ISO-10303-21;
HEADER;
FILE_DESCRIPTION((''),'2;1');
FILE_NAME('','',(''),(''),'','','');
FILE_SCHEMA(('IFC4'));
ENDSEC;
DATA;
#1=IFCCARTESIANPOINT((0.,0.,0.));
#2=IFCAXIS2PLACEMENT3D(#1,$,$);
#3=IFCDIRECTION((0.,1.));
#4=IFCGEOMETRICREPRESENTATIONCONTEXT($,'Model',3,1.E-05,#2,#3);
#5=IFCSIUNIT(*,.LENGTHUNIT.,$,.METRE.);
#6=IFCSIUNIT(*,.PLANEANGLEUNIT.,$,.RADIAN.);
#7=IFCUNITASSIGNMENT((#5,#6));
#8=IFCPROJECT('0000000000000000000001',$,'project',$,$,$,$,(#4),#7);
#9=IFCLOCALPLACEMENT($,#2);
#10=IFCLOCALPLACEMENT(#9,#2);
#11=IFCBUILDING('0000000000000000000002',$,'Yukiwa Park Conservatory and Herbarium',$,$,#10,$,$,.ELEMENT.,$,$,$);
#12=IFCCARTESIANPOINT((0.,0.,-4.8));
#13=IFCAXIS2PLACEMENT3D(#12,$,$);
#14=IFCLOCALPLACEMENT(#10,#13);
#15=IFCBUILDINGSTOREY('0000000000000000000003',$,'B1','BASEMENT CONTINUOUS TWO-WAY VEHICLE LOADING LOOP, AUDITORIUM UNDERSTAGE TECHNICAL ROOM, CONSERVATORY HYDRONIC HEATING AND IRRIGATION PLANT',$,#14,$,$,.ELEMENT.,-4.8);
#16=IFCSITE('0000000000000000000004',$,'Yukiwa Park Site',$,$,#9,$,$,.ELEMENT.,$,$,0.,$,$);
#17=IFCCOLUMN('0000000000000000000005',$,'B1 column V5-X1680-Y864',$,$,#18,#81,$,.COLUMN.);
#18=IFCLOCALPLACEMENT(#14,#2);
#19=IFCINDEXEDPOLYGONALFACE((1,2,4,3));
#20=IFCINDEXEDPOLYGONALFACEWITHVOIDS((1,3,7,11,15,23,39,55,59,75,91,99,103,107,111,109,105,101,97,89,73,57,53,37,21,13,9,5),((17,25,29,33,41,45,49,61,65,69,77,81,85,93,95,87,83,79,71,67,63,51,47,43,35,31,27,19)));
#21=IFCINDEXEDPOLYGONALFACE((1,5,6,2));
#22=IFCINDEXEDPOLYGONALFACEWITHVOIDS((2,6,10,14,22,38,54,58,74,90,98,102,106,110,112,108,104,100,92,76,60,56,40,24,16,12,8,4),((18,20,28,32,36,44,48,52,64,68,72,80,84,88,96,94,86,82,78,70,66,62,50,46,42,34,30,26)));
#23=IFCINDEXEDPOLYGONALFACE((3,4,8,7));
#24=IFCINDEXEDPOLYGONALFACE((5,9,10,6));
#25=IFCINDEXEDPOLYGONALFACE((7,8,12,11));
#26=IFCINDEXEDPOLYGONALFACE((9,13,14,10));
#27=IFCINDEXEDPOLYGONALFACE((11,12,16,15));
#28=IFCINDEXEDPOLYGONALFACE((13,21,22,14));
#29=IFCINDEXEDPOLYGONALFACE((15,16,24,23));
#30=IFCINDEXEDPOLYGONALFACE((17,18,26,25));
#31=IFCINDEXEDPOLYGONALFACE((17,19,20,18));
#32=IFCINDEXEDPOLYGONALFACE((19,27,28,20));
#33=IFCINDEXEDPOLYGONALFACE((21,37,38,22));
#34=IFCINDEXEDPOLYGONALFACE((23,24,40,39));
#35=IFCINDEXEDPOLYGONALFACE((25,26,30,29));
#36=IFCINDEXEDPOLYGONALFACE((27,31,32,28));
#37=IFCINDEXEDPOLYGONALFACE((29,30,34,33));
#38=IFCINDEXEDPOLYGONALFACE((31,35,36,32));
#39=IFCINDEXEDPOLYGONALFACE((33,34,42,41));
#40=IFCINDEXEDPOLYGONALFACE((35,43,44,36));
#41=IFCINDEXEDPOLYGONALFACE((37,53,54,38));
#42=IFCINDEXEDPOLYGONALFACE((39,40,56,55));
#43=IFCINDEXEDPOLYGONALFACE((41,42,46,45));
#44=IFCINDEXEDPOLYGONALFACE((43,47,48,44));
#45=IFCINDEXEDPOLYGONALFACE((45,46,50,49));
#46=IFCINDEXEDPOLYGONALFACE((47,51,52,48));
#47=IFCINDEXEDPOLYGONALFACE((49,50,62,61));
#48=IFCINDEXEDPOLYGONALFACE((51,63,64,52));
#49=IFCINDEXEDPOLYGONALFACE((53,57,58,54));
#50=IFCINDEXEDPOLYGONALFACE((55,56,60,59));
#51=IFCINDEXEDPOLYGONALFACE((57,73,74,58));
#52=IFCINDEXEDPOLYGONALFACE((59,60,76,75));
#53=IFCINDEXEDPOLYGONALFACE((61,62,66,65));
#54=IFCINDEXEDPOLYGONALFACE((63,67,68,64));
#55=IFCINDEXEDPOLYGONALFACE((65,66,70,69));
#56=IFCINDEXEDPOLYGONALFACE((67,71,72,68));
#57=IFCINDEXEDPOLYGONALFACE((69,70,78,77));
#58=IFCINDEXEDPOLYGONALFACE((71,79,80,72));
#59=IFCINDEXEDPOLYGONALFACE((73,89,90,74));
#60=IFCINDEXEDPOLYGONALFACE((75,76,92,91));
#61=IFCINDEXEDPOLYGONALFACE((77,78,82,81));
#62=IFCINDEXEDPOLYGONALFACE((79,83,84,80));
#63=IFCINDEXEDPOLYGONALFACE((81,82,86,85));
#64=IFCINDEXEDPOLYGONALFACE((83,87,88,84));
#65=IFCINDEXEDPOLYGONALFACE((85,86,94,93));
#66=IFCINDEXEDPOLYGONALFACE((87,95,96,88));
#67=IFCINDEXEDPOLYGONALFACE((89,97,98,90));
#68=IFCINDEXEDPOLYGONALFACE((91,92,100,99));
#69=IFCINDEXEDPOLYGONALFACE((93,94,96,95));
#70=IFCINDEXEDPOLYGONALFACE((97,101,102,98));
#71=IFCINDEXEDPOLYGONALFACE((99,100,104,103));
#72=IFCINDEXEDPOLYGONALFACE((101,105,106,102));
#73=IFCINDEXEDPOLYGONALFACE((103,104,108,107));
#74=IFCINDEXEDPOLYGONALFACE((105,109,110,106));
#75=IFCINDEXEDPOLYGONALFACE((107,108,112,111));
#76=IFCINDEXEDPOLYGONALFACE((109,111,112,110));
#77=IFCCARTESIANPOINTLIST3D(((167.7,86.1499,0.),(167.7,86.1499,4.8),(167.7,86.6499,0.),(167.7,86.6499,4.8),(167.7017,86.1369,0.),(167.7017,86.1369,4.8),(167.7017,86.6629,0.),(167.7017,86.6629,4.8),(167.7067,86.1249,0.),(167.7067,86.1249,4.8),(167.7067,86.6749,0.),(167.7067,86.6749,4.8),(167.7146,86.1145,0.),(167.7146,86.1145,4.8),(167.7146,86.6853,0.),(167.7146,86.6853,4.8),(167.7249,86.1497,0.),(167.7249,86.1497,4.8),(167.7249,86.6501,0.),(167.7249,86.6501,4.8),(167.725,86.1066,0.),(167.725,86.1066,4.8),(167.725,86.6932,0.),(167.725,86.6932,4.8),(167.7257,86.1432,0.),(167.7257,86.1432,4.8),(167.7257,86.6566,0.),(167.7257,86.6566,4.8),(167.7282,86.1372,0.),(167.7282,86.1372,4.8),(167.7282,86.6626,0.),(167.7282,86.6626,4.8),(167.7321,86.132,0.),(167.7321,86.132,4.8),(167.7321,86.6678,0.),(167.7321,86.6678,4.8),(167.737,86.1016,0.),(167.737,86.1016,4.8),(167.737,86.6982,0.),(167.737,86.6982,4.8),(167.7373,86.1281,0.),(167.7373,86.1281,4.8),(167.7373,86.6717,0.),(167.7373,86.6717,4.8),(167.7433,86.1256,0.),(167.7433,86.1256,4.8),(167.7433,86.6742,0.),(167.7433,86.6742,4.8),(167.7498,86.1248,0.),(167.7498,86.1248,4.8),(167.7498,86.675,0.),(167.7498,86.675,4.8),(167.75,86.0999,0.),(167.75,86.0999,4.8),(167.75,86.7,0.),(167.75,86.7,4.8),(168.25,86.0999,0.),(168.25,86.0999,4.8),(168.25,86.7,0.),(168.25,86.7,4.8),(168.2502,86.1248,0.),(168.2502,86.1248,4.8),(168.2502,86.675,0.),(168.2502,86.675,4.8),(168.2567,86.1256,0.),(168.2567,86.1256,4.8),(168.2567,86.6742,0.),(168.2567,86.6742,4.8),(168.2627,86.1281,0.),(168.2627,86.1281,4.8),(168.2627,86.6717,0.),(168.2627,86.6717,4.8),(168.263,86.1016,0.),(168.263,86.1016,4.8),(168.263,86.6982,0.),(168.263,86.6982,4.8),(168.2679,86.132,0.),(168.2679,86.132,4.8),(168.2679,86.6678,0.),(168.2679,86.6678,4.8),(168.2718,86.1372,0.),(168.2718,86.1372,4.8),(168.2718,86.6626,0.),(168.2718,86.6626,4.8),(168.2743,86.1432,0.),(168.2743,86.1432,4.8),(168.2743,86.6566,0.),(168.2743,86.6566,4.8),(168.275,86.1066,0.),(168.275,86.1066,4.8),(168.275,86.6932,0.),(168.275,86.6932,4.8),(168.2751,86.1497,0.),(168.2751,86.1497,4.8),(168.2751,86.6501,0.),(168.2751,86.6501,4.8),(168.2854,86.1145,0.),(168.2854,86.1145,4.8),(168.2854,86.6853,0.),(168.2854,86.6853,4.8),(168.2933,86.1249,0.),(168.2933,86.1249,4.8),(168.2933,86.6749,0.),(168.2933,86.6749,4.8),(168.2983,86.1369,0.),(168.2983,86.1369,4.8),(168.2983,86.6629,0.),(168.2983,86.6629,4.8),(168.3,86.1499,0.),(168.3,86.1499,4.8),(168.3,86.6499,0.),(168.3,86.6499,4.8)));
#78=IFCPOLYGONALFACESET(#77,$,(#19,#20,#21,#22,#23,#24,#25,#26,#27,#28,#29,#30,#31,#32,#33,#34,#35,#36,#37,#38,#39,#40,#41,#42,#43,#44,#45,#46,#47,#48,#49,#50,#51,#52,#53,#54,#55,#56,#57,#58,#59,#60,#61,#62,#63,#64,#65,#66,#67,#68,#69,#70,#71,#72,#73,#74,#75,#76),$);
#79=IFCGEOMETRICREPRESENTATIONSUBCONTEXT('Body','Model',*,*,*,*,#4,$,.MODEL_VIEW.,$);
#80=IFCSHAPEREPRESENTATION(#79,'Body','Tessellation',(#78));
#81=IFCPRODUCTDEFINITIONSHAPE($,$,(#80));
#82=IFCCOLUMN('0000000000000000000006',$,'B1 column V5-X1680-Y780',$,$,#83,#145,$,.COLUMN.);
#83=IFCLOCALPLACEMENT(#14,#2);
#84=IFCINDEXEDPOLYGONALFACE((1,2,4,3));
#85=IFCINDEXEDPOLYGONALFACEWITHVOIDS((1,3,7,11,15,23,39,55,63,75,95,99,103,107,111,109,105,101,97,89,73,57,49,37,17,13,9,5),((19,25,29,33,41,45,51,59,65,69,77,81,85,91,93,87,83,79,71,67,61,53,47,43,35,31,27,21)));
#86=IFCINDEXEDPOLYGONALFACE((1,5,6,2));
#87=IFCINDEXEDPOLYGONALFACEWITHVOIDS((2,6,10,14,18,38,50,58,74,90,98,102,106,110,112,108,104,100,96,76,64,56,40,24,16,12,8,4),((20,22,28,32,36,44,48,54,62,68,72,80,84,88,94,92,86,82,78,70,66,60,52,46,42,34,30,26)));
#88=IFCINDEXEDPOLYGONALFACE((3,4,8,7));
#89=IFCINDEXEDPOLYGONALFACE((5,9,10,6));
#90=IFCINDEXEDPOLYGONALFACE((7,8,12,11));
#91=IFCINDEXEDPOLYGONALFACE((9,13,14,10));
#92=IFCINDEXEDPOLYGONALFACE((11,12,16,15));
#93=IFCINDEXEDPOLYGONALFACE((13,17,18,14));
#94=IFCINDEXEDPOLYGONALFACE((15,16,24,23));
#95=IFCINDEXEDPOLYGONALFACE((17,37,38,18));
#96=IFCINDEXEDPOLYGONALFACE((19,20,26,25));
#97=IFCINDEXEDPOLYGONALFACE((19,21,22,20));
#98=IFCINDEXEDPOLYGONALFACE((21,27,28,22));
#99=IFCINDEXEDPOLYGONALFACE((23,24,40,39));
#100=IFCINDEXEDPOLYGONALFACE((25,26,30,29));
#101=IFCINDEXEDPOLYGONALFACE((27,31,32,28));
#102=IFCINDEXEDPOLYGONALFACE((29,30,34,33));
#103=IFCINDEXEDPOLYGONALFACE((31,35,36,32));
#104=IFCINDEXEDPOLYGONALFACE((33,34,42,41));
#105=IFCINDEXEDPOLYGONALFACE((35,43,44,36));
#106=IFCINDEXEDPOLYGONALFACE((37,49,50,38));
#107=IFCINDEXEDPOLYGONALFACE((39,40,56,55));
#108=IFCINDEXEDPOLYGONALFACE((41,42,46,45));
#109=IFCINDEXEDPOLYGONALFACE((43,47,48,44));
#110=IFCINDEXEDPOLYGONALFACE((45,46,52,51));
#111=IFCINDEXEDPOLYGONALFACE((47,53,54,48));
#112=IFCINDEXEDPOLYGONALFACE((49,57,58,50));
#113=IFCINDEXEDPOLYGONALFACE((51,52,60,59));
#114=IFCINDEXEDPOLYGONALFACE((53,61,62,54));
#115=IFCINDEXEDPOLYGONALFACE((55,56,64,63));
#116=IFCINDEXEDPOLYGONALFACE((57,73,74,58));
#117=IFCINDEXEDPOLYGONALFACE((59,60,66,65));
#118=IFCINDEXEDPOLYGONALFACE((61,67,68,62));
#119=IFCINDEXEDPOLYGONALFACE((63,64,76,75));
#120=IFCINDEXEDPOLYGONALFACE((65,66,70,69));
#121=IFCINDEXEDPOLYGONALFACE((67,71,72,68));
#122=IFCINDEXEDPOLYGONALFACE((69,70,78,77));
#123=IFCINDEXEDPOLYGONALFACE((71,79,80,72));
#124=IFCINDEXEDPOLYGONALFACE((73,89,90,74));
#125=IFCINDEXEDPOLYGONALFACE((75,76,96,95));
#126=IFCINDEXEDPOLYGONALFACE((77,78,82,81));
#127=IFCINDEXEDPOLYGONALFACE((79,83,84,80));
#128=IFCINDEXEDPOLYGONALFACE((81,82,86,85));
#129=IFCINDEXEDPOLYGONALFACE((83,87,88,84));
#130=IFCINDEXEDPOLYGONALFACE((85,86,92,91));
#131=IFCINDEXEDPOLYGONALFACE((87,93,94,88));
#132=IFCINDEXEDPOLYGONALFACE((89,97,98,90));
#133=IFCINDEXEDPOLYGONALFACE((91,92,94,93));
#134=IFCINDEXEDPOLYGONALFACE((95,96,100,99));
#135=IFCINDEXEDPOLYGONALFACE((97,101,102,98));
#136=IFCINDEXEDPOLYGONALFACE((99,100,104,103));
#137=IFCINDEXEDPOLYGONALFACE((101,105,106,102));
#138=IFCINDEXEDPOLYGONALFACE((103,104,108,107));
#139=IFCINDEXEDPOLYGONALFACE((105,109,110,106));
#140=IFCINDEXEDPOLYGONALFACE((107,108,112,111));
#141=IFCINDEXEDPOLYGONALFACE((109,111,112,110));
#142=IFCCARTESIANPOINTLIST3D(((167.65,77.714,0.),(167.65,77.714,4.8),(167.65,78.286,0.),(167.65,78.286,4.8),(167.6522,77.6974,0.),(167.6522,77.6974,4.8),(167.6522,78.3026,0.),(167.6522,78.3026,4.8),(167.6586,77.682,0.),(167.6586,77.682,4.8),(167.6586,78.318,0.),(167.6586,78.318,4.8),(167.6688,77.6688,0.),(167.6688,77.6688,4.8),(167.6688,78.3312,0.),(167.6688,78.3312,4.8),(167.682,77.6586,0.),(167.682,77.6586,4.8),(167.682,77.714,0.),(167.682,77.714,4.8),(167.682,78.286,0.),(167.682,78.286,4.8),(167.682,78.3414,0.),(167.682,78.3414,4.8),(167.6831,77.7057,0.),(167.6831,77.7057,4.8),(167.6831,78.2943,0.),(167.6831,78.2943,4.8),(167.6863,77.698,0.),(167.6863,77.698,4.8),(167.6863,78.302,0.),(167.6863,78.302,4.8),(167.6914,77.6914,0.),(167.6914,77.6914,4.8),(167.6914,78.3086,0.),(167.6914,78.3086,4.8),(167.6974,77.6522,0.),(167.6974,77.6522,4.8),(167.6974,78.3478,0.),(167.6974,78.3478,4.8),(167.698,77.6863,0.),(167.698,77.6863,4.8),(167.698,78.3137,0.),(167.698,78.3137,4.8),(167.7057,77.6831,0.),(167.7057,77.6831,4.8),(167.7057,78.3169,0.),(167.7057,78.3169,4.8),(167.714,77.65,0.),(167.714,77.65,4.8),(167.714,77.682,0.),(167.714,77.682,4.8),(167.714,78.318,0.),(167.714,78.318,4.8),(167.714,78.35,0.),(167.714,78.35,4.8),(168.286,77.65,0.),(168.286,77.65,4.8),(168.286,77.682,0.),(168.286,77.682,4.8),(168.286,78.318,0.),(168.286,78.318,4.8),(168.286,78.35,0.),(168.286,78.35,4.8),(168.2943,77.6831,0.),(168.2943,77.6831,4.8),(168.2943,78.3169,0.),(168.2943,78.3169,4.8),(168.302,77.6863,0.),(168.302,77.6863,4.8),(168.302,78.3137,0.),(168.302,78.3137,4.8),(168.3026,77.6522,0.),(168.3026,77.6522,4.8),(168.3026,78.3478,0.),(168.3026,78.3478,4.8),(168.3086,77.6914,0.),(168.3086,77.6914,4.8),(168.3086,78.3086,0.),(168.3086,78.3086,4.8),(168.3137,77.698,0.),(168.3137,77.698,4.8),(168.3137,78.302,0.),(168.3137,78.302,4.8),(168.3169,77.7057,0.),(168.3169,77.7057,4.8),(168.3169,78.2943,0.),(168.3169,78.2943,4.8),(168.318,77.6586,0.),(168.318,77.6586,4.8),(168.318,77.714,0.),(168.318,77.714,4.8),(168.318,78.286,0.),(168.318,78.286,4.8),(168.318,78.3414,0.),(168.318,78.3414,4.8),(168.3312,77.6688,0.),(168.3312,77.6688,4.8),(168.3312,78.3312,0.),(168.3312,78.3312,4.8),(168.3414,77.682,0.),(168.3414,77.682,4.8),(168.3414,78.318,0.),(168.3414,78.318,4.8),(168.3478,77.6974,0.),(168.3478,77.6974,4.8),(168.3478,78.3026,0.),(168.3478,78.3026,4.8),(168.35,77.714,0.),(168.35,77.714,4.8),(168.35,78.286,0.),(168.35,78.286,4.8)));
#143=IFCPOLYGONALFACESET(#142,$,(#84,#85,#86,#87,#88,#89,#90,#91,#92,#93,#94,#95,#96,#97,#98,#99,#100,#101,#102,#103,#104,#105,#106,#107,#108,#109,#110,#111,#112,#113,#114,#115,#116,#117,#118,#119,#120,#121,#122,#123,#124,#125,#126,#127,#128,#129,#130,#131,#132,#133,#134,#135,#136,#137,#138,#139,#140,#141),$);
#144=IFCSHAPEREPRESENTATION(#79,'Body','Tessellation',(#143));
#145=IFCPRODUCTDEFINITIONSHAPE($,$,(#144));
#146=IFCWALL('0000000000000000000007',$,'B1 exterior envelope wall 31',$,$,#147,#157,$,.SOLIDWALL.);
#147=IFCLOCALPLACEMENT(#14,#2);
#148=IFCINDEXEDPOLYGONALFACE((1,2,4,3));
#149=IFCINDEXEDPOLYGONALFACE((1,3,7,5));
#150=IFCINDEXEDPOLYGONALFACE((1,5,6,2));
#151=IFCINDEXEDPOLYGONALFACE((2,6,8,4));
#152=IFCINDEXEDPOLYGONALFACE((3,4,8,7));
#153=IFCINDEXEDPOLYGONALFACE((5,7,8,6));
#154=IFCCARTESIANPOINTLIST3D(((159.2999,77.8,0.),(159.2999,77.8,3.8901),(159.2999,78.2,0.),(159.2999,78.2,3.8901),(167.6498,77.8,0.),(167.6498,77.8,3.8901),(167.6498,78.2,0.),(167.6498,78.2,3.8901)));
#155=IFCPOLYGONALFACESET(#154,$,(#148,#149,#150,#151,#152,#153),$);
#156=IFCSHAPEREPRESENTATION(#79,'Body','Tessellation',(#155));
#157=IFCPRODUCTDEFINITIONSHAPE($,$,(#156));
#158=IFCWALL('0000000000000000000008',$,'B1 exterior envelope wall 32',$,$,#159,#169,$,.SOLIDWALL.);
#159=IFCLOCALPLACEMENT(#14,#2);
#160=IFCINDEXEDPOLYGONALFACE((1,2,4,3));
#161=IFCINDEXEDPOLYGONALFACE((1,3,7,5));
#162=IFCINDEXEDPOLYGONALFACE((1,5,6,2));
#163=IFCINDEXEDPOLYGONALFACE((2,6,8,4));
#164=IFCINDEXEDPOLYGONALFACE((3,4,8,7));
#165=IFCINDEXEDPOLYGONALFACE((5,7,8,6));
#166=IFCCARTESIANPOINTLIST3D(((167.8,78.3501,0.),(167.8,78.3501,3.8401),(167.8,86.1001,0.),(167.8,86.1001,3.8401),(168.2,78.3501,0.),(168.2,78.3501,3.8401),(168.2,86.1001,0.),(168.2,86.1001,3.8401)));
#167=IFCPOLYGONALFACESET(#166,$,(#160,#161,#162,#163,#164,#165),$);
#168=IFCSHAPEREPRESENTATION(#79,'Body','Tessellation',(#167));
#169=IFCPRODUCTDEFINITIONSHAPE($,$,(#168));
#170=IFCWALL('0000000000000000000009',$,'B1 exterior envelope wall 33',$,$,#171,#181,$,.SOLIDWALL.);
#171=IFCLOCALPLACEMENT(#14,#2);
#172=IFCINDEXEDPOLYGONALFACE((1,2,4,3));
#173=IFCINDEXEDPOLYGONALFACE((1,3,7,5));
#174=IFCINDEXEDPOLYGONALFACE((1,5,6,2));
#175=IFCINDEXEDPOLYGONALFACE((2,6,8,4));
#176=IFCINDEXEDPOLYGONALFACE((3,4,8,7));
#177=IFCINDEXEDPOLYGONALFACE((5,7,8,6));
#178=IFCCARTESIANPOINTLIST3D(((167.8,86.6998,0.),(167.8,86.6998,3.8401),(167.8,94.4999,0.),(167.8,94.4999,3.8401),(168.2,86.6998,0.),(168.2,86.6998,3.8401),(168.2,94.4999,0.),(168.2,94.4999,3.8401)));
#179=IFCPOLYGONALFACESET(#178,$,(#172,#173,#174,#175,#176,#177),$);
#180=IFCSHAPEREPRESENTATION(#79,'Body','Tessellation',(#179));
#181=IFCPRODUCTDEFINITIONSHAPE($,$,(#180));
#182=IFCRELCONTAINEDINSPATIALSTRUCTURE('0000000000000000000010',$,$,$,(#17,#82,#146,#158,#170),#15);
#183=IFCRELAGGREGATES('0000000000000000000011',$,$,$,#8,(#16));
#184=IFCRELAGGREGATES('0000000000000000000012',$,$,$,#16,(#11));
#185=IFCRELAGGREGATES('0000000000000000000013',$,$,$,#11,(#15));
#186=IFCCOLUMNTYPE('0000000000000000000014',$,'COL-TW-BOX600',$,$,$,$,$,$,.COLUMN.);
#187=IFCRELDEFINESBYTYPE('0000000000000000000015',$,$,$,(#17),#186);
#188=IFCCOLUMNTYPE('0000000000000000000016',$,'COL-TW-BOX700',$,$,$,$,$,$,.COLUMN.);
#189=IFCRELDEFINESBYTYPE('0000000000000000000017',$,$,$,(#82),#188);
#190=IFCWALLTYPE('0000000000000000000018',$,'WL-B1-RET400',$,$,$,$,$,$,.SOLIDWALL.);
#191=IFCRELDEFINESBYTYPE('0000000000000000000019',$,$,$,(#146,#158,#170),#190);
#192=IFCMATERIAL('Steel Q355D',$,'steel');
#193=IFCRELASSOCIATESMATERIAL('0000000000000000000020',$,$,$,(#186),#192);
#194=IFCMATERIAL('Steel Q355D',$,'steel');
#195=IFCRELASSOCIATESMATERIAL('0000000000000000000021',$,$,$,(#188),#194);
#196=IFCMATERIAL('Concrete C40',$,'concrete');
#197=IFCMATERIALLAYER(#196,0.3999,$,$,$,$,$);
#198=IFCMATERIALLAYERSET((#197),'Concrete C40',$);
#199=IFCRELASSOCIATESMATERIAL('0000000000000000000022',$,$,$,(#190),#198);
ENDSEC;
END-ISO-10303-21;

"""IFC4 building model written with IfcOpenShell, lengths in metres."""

from ifc_helpers import new_model, si_unit, direction, frame, frame_2d, origin, origin_2d, place, context, subcontext, project, spatial, rectangle, hollow_rectangle, extrude, material, layer, layer_set, material_profile, profile_set, type_object, element, save


model = new_model("IFC4")

# Units and contexts
model_context = context("Model", 3, precision=1e-05, world=origin(), true_north=direction((0.0, 1.0)))
body_context = subcontext(model_context, "Body", "Model", "MODEL_VIEW")
ifc_project = project(units=[si_unit("LENGTHUNIT", "METRE"), si_unit("PLANEANGLEUNIT", "RADIAN")], contexts=[model_context])

# Site, building, storey
site_placement = place(None, origin())
site = spatial("IfcSite", under=ifc_project, at=site_placement, Name="Yukiwa Park Site", CompositionType="ELEMENT", RefElevation=0.0)
building_placement = place(site_placement, origin())
building = spatial("IfcBuilding", under=site, at=building_placement, Name="Yukiwa Park Conservatory and Herbarium", CompositionType="ELEMENT")
storey_placement = place(building_placement, frame((0.0, 0.0, -4.8)))
storey = spatial("IfcBuildingStorey", under=building, at=storey_placement, Name="B1", Description="BASEMENT CONTINUOUS TWO-WAY VEHICLE LOADING LOOP, AUDITORIUM UNDERSTAGE TECHNICAL ROOM, CONSERVATORY HYDRONIC HEATING AND IRRIGATION PLANT", CompositionType="ELEMENT", Elevation=-4.8)

# Columns
ifc_material_1 = material(Name="Steel Q355D", Category="steel")
ifc_material_profile_1 = material_profile(ifc_material_1, hollow_rectangle(XDim=0.6001, YDim=0.6001, WallThickness=0.0249, InnerFilletRadius=0.0249, OuterFilletRadius=0.05, at=origin_2d()), Name="BOX 600x600x25")
ifc_profile_set_1 = profile_set([ifc_material_profile_1], Name="Steel Q355D")
column_type_1 = type_object("IfcColumnType", Name="COL-TW-BOX600", PredefinedType="COLUMN", material=ifc_profile_set_1)
for number, where, z_axis, x_axis, name in (
    (1, (168.0, 86.3999, 0.0), (0.0, 0.0, 1.0), (1.0, 0.0, 0.0), "B1 column V5-X1680-Y864"),
):
    element("IfcColumn", number, at=place(storey_placement, frame(where, z_axis=z_axis, x_axis=x_axis)), inside=storey, type_object=column_type_1, Name=name, PredefinedType="COLUMN", context=body_context, shape_type="SweptSolid", body=[
        extrude(hollow_rectangle(XDim=0.6001, YDim=0.6001, WallThickness=0.0249, InnerFilletRadius=0.0249, OuterFilletRadius=0.05, at=origin_2d()), origin(), (0.0, 0.0, 1.0), 4.8),
    ])
ifc_material_2 = material(Name="Steel Q355D", Category="steel")
ifc_material_profile_2 = material_profile(ifc_material_2, hollow_rectangle(XDim=0.7, YDim=0.7, WallThickness=0.032, InnerFilletRadius=0.032, OuterFilletRadius=0.064, at=origin_2d()), Name="BOX 700x700x32")
ifc_profile_set_2 = profile_set([ifc_material_profile_2], Name="Steel Q355D")
column_type_2 = type_object("IfcColumnType", Name="COL-TW-BOX700", PredefinedType="COLUMN", material=ifc_profile_set_2)
column_1_placement = place(storey_placement, frame((168.0, 78.0, 0.0), z_axis=(0.0, 0.0, 1.0), x_axis=(1.0, 0.0, 0.0)))
element("IfcColumn", 2, at=column_1_placement, inside=storey, type_object=column_type_2, Name="B1 column V5-X1680-Y780", PredefinedType="COLUMN", context=body_context, shape_type="SweptSolid", body=[
    extrude(hollow_rectangle(XDim=0.7, YDim=0.7, WallThickness=0.032, InnerFilletRadius=0.032, OuterFilletRadius=0.064, at=origin_2d()), origin(), (0.0, 0.0, 1.0), 4.8),
])

# Walls
ifc_material_3 = material(Name="Concrete C40", Category="concrete")
ifc_layer = layer(ifc_material_3, 0.3999)
ifc_layer_set = layer_set([ifc_layer], Name="Concrete C40")
wall_type = type_object("IfcWallType", Name="WL-B1-RET400", PredefinedType="SOLIDWALL", material=ifc_layer_set)
wall_1_placement = place(storey_placement, frame((159.3, 78.0, 0.0), z_axis=(0.0, 0.0, 1.0), x_axis=(1.0, 0.0, 0.0)))
element("IfcWall", 3, at=wall_1_placement, inside=storey, type_object=wall_type, Name="B1 exterior envelope wall 31", PredefinedType="SOLIDWALL", context=body_context, shape_type="SweptSolid", body=[
    extrude(rectangle(XDim=8.3499, YDim=0.3999, at=frame_2d((4.1748, 0.0))), origin(), (0.0, 0.0, 1.0), 3.8901),
])
wall_2_placement = place(storey_placement, frame((168.0, 78.3501, 0.0), z_axis=(0.0, 0.0, 1.0), x_axis=(0.0, 1.0, 0.0)))
element("IfcWall", 4, at=wall_2_placement, inside=storey, type_object=wall_type, Name="B1 exterior envelope wall 32", PredefinedType="SOLIDWALL", context=body_context, shape_type="SweptSolid", body=[
    extrude(rectangle(XDim=7.75, YDim=0.3999, at=frame_2d((3.875, 0.0))), origin(), (0.0, 0.0, 1.0), 3.8401),
])
wall_3_placement = place(storey_placement, frame((168.0, 86.7, 0.0), z_axis=(0.0, 0.0, 1.0), x_axis=(0.0, 1.0, 0.0)))
element("IfcWall", 5, at=wall_3_placement, inside=storey, type_object=wall_type, Name="B1 exterior envelope wall 33", PredefinedType="SOLIDWALL", context=body_context, shape_type="SweptSolid", body=[
    extrude(rectangle(XDim=7.8, YDim=0.3999, at=frame_2d((3.8999, 0.0))), origin(), (0.0, 0.0, 1.0), 3.8401),
])

save(model, "model.ifc")
